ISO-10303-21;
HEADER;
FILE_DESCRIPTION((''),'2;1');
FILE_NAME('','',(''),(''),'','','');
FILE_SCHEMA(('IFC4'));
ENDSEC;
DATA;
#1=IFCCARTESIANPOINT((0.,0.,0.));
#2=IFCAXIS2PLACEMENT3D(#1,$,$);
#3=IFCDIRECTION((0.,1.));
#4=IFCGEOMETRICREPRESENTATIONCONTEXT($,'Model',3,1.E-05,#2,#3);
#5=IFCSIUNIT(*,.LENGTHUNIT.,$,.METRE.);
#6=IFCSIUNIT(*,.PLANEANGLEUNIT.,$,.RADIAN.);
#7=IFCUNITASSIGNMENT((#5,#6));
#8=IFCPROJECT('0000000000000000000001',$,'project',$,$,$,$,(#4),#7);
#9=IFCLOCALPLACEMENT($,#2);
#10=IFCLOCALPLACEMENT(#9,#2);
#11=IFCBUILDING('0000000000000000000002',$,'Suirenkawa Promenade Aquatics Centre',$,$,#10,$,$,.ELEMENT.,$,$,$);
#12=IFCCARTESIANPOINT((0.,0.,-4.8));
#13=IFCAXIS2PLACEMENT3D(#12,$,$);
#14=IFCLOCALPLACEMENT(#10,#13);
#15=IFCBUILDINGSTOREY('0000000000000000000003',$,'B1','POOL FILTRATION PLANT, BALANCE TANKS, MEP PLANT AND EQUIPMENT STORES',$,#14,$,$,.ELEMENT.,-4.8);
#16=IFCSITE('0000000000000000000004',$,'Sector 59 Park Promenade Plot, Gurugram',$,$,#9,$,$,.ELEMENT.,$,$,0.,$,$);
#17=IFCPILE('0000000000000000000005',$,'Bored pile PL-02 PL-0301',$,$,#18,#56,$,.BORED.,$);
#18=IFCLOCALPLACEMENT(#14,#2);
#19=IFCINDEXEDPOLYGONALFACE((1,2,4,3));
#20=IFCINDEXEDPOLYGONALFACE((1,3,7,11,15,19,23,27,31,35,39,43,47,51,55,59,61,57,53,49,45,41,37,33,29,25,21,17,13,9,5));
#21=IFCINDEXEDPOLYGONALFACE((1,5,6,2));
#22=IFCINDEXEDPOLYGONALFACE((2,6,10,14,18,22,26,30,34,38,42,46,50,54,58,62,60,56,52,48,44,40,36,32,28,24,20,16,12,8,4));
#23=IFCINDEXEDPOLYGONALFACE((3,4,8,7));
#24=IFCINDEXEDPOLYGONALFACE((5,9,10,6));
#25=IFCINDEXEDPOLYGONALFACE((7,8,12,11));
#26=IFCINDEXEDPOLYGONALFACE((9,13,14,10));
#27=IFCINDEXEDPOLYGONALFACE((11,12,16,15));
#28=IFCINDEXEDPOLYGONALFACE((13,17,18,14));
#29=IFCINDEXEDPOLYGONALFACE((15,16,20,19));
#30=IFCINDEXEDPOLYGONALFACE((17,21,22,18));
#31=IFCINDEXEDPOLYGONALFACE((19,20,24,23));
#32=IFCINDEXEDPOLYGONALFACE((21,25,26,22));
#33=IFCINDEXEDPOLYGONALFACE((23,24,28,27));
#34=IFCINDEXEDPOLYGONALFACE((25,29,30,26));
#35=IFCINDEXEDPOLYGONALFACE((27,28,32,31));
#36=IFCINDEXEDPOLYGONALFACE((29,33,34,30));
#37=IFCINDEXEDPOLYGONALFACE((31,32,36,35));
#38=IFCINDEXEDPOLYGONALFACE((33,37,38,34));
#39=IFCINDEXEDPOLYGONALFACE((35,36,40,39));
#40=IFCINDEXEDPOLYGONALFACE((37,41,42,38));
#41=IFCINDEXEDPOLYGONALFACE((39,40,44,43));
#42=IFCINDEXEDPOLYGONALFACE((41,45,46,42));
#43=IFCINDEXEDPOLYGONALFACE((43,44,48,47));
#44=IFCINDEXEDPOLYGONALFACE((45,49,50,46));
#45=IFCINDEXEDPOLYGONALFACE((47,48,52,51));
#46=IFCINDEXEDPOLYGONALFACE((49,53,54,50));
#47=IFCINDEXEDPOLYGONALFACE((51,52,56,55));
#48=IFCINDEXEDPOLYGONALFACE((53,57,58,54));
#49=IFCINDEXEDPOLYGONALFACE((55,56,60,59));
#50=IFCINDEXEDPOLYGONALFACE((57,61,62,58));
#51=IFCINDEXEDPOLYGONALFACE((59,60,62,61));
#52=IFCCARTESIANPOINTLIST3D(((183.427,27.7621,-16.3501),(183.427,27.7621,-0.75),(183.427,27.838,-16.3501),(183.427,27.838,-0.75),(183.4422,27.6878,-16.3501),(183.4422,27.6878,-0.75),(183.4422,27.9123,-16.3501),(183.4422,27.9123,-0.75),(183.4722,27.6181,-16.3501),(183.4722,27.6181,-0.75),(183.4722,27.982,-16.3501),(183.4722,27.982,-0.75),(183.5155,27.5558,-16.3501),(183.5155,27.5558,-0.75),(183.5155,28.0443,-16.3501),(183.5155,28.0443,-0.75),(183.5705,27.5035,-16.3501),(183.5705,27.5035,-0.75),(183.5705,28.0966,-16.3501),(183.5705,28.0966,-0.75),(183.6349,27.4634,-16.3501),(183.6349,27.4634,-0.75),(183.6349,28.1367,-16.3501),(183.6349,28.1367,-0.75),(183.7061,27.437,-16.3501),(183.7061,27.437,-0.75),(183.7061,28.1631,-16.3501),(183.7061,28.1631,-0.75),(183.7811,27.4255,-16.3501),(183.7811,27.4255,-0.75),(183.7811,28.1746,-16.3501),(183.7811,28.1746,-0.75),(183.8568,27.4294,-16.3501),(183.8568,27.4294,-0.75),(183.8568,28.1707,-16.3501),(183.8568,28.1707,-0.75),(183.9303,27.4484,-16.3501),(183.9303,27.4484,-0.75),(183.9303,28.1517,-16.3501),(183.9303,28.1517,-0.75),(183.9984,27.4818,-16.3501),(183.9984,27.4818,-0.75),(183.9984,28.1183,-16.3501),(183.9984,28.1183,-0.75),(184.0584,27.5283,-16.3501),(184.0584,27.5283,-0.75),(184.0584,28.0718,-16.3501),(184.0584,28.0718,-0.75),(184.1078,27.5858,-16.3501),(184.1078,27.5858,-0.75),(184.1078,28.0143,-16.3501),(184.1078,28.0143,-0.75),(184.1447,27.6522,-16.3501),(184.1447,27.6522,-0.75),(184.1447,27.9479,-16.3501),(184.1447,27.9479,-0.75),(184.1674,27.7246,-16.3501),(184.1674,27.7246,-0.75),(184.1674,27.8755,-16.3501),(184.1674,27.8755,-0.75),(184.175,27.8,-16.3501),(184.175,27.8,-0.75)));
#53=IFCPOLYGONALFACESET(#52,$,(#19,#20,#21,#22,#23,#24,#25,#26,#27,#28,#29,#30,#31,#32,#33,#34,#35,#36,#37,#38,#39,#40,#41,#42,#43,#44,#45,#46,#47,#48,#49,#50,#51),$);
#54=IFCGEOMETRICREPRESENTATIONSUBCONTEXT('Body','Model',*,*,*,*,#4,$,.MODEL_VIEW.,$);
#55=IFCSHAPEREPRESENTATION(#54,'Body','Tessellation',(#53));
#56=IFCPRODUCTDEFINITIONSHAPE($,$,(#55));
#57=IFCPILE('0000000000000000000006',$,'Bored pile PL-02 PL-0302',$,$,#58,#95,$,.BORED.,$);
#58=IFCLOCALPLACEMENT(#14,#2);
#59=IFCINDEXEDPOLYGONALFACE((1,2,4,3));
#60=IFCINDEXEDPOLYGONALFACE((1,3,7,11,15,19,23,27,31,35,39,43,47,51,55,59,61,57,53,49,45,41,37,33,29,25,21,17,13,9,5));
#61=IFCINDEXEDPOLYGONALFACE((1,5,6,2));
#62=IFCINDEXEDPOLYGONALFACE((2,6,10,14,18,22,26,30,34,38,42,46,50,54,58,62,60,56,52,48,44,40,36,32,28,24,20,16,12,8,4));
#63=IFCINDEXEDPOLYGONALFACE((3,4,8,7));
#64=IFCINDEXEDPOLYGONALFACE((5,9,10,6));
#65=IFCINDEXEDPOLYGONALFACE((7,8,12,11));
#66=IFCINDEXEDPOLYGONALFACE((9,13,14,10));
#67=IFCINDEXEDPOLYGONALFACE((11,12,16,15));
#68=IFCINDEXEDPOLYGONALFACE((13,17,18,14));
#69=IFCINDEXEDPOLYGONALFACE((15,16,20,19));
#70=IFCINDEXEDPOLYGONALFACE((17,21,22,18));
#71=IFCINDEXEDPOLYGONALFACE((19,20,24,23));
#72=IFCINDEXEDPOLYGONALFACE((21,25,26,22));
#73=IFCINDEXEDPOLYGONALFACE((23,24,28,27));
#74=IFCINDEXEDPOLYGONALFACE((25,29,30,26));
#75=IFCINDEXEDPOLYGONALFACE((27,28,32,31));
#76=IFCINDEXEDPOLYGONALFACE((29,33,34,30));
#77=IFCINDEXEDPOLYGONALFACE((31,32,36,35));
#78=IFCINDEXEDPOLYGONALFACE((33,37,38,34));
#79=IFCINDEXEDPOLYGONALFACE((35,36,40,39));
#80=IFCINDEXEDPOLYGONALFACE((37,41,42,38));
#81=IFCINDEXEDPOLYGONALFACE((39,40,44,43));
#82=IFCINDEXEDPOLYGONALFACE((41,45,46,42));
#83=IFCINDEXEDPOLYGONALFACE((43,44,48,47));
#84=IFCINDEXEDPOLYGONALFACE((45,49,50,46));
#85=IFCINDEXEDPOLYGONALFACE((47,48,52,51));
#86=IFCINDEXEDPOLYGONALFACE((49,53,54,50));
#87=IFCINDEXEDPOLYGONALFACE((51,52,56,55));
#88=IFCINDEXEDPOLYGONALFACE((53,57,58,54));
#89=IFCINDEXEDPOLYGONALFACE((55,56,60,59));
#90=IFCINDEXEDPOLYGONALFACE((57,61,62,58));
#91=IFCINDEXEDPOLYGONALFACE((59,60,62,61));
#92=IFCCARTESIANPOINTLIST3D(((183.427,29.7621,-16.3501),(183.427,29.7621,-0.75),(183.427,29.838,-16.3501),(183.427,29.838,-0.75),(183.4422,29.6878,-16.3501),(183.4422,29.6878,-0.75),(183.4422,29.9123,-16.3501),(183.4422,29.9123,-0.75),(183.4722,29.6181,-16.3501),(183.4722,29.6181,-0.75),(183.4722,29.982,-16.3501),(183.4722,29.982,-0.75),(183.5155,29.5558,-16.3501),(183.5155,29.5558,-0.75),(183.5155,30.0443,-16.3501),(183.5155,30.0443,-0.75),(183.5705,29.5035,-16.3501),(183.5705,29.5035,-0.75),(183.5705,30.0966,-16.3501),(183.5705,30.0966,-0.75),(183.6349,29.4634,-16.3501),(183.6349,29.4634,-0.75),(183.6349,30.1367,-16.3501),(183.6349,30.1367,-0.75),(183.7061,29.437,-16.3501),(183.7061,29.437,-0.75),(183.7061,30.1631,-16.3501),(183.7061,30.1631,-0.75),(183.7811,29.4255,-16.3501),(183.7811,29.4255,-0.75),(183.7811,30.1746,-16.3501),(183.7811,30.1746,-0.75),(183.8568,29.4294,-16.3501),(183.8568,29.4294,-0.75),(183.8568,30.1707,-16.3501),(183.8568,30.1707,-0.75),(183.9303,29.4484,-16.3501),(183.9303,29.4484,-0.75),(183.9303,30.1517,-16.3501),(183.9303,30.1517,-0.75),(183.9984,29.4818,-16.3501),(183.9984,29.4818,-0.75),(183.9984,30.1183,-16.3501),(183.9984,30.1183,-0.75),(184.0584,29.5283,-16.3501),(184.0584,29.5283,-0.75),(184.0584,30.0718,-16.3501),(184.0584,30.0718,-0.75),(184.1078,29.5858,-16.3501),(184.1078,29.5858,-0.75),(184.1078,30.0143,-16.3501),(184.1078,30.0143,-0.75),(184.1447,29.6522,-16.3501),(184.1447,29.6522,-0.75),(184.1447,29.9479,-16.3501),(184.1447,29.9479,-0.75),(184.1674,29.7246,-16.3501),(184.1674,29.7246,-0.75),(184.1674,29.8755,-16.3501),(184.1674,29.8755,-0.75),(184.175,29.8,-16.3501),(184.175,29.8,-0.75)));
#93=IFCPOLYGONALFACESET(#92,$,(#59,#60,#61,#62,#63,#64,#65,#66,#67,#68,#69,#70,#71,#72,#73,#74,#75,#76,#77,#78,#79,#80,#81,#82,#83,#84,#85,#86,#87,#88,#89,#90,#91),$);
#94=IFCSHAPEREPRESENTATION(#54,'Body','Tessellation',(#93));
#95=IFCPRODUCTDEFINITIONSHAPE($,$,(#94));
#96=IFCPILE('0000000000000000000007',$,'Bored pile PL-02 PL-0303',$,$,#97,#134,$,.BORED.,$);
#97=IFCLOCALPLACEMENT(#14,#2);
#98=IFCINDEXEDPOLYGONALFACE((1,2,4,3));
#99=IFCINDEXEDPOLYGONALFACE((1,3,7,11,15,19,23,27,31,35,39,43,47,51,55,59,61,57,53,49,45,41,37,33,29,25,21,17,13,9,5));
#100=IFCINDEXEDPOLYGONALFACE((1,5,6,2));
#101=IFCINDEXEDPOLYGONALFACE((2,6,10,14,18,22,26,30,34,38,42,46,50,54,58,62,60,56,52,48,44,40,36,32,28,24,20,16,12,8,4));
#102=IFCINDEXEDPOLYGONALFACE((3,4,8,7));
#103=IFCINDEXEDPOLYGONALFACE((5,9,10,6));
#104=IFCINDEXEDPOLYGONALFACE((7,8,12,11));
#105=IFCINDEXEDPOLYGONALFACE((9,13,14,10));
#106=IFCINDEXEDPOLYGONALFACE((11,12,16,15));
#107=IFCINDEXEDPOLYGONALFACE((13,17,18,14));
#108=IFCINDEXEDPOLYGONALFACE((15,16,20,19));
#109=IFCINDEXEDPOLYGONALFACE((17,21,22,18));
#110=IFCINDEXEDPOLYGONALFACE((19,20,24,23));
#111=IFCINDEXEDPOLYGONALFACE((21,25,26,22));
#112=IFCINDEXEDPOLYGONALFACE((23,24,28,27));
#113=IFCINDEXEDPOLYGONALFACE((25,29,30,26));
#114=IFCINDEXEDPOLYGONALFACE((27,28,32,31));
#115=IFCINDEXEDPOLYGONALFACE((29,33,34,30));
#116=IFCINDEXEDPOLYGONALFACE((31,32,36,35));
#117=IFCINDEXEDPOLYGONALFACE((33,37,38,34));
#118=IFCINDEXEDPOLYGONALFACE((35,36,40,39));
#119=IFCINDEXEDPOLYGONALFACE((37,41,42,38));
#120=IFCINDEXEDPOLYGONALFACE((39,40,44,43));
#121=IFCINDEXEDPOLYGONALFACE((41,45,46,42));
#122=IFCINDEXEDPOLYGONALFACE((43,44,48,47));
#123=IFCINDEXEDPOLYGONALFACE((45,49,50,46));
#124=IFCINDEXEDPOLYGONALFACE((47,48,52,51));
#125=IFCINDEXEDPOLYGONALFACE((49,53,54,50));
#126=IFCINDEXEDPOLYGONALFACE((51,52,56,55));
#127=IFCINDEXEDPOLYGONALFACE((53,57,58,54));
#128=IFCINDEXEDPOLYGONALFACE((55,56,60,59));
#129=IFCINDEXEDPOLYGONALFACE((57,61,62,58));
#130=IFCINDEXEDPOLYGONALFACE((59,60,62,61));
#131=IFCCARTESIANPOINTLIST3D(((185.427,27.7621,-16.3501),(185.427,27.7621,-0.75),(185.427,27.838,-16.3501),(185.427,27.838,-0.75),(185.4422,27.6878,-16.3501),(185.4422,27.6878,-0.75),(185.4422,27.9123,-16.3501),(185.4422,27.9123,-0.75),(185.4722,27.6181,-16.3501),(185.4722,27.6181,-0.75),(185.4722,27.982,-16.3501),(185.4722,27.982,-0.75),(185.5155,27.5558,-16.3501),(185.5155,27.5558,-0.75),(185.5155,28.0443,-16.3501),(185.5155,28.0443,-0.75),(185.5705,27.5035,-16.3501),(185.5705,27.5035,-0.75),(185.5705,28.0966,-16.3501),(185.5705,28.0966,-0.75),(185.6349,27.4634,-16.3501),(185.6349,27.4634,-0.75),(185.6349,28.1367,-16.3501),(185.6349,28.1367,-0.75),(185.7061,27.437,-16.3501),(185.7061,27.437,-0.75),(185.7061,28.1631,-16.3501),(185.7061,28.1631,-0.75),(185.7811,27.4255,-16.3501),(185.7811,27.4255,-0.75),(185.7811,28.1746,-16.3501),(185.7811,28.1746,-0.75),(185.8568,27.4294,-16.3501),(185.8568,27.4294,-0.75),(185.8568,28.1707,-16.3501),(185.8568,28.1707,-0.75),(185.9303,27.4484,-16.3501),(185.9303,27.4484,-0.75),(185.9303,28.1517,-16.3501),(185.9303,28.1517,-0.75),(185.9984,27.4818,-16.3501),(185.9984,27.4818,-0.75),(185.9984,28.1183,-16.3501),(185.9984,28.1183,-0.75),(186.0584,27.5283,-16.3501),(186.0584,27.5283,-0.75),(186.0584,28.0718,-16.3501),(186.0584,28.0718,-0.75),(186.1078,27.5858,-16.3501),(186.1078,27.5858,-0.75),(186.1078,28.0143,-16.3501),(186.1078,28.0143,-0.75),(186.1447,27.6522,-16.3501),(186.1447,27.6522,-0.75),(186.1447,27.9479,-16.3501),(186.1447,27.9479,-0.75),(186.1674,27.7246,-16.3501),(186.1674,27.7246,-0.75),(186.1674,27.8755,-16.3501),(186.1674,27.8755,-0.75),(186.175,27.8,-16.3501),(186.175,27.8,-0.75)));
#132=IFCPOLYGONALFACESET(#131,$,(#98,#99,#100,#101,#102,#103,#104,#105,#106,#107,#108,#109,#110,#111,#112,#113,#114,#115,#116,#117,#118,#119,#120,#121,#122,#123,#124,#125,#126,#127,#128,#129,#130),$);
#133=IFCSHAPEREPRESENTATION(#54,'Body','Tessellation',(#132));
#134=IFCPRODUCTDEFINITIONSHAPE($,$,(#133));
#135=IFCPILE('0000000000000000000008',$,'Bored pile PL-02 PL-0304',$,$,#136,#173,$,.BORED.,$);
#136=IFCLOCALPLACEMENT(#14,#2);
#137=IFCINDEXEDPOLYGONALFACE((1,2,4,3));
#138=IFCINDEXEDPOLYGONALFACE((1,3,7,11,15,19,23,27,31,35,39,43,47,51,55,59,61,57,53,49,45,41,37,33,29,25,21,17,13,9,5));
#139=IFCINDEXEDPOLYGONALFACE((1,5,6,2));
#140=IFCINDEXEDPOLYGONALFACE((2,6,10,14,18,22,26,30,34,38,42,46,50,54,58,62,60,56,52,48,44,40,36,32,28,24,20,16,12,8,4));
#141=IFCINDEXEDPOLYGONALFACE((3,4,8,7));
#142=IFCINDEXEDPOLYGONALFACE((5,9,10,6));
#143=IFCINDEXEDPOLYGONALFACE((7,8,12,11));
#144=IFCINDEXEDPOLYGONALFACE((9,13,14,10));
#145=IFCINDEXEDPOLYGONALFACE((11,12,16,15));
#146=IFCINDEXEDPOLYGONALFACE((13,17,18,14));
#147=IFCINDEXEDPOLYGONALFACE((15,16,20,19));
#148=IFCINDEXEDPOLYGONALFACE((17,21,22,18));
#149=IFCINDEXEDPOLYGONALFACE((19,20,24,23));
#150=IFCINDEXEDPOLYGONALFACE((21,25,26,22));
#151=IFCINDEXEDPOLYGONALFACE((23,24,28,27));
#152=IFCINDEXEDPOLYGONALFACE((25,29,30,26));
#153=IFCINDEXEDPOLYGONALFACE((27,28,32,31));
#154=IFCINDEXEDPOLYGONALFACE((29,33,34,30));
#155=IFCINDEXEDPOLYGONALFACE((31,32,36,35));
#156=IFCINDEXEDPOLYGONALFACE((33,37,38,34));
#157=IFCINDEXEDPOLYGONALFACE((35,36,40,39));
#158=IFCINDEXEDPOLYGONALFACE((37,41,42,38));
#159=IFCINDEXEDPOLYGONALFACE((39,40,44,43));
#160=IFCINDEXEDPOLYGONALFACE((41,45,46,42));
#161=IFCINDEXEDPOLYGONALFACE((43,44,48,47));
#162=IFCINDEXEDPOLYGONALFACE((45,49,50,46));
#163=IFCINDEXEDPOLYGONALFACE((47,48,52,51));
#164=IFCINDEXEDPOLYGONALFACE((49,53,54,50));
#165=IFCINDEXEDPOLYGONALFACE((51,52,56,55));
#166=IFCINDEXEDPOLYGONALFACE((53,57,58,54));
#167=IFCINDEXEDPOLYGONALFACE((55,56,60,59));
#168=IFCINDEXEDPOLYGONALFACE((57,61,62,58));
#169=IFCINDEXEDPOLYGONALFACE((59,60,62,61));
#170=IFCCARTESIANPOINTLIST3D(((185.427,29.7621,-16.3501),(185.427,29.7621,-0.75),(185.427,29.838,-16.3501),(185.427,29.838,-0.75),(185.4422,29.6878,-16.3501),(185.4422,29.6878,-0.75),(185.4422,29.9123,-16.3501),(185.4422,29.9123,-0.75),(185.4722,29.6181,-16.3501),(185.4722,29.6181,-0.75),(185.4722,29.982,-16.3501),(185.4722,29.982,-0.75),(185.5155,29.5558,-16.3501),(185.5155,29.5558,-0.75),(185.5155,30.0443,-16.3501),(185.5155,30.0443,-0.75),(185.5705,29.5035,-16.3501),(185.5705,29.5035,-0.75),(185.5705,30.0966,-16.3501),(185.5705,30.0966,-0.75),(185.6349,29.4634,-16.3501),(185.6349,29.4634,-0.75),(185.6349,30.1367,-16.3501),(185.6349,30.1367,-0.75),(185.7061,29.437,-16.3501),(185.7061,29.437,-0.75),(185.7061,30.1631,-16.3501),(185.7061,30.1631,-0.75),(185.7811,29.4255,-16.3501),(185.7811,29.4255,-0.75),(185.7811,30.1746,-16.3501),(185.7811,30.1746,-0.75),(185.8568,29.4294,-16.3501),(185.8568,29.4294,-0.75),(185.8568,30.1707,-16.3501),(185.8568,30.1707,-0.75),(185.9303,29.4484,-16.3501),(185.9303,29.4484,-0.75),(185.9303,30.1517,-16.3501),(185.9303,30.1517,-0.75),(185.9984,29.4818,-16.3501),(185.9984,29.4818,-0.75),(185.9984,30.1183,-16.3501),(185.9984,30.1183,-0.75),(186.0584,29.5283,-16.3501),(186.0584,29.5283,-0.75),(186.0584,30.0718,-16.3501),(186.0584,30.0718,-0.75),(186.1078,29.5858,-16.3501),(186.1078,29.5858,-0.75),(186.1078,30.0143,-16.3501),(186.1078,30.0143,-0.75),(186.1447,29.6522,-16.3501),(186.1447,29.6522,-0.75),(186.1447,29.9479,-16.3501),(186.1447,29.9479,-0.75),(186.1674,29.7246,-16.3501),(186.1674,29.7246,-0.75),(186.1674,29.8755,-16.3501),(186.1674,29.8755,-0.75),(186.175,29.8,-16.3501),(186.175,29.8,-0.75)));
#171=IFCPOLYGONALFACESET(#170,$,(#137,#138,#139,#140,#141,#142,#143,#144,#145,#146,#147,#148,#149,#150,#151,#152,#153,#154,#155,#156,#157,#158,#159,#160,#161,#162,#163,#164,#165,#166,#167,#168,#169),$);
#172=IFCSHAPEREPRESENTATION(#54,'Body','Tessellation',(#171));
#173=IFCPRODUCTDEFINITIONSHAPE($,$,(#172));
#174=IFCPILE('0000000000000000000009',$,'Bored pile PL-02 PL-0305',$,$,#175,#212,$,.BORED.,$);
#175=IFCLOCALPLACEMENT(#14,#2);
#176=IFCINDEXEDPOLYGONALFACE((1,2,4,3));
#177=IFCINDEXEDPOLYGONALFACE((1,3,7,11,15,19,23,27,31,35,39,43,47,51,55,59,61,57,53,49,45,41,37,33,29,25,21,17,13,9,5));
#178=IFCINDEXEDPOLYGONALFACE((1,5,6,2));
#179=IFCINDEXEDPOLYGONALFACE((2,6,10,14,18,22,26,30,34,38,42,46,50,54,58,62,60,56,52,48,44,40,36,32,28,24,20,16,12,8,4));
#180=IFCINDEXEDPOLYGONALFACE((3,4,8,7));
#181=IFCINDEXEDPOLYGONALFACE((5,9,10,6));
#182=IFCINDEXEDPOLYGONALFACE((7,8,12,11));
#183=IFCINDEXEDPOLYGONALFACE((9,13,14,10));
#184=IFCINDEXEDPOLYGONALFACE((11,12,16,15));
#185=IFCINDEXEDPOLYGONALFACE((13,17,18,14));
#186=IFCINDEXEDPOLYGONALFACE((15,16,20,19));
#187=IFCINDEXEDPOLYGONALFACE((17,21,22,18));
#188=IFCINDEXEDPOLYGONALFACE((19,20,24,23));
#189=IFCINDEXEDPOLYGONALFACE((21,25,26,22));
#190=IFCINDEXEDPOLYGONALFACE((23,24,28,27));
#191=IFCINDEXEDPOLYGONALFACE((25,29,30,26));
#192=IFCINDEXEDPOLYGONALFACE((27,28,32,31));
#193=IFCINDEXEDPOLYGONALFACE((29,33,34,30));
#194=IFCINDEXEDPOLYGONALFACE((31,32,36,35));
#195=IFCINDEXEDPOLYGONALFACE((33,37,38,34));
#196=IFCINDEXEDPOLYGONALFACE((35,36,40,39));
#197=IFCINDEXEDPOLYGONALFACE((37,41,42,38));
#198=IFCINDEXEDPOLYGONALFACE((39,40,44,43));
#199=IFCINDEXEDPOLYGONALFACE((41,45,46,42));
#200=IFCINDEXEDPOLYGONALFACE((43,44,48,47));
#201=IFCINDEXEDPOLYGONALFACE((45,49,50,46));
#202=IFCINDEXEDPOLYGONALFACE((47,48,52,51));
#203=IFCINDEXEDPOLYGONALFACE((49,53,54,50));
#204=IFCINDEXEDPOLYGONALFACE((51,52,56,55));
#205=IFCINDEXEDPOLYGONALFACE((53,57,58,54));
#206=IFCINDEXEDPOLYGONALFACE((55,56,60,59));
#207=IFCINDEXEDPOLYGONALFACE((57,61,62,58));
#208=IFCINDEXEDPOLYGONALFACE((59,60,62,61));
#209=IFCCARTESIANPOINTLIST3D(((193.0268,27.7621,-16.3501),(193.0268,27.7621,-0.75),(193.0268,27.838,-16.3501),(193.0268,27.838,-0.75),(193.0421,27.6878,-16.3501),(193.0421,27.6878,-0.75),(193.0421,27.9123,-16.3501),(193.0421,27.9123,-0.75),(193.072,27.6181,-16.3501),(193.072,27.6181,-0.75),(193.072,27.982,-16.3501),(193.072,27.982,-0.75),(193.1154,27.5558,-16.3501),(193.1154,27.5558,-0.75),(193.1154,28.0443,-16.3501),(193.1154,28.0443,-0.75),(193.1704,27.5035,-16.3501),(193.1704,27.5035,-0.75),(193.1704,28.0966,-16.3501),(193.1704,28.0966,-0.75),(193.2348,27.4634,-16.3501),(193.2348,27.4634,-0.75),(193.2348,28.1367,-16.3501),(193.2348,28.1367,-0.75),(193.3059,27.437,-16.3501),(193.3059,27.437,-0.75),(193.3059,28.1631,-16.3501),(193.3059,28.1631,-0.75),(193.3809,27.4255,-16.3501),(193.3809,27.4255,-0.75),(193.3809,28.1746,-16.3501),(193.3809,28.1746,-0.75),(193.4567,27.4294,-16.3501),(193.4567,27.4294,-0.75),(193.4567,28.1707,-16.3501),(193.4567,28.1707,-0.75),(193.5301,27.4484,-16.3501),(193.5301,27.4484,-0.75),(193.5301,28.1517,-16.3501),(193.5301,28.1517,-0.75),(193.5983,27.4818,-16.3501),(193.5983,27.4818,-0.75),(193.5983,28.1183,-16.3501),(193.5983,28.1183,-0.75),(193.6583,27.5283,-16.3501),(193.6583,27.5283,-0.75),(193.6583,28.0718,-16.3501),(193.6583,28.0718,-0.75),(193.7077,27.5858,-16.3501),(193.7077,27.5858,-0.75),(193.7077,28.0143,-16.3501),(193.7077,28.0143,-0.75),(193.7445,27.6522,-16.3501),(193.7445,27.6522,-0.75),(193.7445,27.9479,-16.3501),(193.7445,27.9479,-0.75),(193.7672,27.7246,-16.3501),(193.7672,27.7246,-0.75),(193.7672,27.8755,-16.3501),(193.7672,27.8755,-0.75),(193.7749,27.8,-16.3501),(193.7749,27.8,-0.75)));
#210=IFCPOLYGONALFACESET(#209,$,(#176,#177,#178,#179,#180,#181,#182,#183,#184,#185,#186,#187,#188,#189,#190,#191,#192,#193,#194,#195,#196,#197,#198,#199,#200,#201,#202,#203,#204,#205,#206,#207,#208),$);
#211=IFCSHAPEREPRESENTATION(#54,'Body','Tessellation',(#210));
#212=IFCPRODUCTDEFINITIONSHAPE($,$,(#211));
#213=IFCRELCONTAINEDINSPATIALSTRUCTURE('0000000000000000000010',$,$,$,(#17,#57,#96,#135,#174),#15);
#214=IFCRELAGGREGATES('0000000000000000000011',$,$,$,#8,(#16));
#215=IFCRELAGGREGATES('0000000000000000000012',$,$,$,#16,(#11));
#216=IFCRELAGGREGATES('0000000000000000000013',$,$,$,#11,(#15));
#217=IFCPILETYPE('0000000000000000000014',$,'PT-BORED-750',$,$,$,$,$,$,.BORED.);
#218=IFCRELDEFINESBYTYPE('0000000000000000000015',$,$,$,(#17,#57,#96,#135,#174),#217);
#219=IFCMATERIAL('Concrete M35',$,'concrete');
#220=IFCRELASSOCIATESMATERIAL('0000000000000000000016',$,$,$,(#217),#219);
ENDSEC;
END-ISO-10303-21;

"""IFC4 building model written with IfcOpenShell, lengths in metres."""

from ifc_helpers import new_model, si_unit, direction, frame, origin, origin_2d, place, context, subcontext, project, spatial, circle, extrude, material, material_profile, profile_set, type_object, element, save


model = new_model("IFC4")

# Units and contexts
model_context = context("Model", 3, precision=1e-05, world=origin(), true_north=direction((0.0, 1.0)))
body_context = subcontext(model_context, "Body", "Model", "MODEL_VIEW")
ifc_project = project(units=[si_unit("LENGTHUNIT", "METRE"), si_unit("PLANEANGLEUNIT", "RADIAN")], contexts=[model_context])

# Site, building, storey
site_placement = place(None, origin())
site = spatial("IfcSite", under=ifc_project, at=site_placement, Name="Sector 59 Park Promenade Plot, Gurugram", CompositionType="ELEMENT", RefElevation=0.0)
building_placement = place(site_placement, origin())
building = spatial("IfcBuilding", under=site, at=building_placement, Name="Suirenkawa Promenade Aquatics Centre", CompositionType="ELEMENT")
storey_placement = place(building_placement, frame((0.0, 0.0, -4.8)))
storey = spatial("IfcBuildingStorey", under=building, at=storey_placement, Name="B1", Description="POOL FILTRATION PLANT, BALANCE TANKS, MEP PLANT AND EQUIPMENT STORES", CompositionType="ELEMENT", Elevation=-4.8)

# Shared definitions
ifc_material_1 = material(Name="Concrete M35", Category="concrete")

# Piles
ifc_material_profile_1 = material_profile(ifc_material_1, circle(Radius=0.375, at=origin_2d()), Name="PILE D750", Category="concrete")
ifc_profile_set_1 = profile_set([ifc_material_profile_1], Name="Concrete M35")
pile_type_1 = type_object("IfcPileType", Name="PT-BORED-750", PredefinedType="BORED", material=ifc_profile_set_1)
for number, where, z_axis, x_axis, name in (
    (1, (183.8, 27.8, -0.75), (0.0, 0.0, -1.0), (1.0, 0.0, 0.0), "Bored pile PL-02 PL-0301"),
    (2, (183.8, 29.8, -0.75), (0.0, 0.0, -1.0), (1.0, 0.0, 0.0), "Bored pile PL-02 PL-0302"),
    (3, (185.8, 27.8, -0.75), (0.0, 0.0, -1.0), (1.0, 0.0, 0.0), "Bored pile PL-02 PL-0303"),
    (4, (185.8, 29.8, -0.75), (0.0, 0.0, -1.0), (1.0, 0.0, 0.0), "Bored pile PL-02 PL-0304"),
    (5, (193.3999, 27.8, -0.75), (0.0, 0.0, -1.0), (1.0, 0.0, 0.0), "Bored pile PL-02 PL-0305"),
):
    element("IfcPile", number, at=place(storey_placement, frame(where, z_axis=z_axis, x_axis=x_axis)), inside=storey, type_object=pile_type_1, Name=name, PredefinedType="BORED", context=body_context, shape_type="SweptSolid", body=[
        extrude(circle(Radius=0.375, at=origin_2d()), origin(), (0.0, 0.0, 1.0), 15.6001),
    ])

save(model, "model.ifc")
